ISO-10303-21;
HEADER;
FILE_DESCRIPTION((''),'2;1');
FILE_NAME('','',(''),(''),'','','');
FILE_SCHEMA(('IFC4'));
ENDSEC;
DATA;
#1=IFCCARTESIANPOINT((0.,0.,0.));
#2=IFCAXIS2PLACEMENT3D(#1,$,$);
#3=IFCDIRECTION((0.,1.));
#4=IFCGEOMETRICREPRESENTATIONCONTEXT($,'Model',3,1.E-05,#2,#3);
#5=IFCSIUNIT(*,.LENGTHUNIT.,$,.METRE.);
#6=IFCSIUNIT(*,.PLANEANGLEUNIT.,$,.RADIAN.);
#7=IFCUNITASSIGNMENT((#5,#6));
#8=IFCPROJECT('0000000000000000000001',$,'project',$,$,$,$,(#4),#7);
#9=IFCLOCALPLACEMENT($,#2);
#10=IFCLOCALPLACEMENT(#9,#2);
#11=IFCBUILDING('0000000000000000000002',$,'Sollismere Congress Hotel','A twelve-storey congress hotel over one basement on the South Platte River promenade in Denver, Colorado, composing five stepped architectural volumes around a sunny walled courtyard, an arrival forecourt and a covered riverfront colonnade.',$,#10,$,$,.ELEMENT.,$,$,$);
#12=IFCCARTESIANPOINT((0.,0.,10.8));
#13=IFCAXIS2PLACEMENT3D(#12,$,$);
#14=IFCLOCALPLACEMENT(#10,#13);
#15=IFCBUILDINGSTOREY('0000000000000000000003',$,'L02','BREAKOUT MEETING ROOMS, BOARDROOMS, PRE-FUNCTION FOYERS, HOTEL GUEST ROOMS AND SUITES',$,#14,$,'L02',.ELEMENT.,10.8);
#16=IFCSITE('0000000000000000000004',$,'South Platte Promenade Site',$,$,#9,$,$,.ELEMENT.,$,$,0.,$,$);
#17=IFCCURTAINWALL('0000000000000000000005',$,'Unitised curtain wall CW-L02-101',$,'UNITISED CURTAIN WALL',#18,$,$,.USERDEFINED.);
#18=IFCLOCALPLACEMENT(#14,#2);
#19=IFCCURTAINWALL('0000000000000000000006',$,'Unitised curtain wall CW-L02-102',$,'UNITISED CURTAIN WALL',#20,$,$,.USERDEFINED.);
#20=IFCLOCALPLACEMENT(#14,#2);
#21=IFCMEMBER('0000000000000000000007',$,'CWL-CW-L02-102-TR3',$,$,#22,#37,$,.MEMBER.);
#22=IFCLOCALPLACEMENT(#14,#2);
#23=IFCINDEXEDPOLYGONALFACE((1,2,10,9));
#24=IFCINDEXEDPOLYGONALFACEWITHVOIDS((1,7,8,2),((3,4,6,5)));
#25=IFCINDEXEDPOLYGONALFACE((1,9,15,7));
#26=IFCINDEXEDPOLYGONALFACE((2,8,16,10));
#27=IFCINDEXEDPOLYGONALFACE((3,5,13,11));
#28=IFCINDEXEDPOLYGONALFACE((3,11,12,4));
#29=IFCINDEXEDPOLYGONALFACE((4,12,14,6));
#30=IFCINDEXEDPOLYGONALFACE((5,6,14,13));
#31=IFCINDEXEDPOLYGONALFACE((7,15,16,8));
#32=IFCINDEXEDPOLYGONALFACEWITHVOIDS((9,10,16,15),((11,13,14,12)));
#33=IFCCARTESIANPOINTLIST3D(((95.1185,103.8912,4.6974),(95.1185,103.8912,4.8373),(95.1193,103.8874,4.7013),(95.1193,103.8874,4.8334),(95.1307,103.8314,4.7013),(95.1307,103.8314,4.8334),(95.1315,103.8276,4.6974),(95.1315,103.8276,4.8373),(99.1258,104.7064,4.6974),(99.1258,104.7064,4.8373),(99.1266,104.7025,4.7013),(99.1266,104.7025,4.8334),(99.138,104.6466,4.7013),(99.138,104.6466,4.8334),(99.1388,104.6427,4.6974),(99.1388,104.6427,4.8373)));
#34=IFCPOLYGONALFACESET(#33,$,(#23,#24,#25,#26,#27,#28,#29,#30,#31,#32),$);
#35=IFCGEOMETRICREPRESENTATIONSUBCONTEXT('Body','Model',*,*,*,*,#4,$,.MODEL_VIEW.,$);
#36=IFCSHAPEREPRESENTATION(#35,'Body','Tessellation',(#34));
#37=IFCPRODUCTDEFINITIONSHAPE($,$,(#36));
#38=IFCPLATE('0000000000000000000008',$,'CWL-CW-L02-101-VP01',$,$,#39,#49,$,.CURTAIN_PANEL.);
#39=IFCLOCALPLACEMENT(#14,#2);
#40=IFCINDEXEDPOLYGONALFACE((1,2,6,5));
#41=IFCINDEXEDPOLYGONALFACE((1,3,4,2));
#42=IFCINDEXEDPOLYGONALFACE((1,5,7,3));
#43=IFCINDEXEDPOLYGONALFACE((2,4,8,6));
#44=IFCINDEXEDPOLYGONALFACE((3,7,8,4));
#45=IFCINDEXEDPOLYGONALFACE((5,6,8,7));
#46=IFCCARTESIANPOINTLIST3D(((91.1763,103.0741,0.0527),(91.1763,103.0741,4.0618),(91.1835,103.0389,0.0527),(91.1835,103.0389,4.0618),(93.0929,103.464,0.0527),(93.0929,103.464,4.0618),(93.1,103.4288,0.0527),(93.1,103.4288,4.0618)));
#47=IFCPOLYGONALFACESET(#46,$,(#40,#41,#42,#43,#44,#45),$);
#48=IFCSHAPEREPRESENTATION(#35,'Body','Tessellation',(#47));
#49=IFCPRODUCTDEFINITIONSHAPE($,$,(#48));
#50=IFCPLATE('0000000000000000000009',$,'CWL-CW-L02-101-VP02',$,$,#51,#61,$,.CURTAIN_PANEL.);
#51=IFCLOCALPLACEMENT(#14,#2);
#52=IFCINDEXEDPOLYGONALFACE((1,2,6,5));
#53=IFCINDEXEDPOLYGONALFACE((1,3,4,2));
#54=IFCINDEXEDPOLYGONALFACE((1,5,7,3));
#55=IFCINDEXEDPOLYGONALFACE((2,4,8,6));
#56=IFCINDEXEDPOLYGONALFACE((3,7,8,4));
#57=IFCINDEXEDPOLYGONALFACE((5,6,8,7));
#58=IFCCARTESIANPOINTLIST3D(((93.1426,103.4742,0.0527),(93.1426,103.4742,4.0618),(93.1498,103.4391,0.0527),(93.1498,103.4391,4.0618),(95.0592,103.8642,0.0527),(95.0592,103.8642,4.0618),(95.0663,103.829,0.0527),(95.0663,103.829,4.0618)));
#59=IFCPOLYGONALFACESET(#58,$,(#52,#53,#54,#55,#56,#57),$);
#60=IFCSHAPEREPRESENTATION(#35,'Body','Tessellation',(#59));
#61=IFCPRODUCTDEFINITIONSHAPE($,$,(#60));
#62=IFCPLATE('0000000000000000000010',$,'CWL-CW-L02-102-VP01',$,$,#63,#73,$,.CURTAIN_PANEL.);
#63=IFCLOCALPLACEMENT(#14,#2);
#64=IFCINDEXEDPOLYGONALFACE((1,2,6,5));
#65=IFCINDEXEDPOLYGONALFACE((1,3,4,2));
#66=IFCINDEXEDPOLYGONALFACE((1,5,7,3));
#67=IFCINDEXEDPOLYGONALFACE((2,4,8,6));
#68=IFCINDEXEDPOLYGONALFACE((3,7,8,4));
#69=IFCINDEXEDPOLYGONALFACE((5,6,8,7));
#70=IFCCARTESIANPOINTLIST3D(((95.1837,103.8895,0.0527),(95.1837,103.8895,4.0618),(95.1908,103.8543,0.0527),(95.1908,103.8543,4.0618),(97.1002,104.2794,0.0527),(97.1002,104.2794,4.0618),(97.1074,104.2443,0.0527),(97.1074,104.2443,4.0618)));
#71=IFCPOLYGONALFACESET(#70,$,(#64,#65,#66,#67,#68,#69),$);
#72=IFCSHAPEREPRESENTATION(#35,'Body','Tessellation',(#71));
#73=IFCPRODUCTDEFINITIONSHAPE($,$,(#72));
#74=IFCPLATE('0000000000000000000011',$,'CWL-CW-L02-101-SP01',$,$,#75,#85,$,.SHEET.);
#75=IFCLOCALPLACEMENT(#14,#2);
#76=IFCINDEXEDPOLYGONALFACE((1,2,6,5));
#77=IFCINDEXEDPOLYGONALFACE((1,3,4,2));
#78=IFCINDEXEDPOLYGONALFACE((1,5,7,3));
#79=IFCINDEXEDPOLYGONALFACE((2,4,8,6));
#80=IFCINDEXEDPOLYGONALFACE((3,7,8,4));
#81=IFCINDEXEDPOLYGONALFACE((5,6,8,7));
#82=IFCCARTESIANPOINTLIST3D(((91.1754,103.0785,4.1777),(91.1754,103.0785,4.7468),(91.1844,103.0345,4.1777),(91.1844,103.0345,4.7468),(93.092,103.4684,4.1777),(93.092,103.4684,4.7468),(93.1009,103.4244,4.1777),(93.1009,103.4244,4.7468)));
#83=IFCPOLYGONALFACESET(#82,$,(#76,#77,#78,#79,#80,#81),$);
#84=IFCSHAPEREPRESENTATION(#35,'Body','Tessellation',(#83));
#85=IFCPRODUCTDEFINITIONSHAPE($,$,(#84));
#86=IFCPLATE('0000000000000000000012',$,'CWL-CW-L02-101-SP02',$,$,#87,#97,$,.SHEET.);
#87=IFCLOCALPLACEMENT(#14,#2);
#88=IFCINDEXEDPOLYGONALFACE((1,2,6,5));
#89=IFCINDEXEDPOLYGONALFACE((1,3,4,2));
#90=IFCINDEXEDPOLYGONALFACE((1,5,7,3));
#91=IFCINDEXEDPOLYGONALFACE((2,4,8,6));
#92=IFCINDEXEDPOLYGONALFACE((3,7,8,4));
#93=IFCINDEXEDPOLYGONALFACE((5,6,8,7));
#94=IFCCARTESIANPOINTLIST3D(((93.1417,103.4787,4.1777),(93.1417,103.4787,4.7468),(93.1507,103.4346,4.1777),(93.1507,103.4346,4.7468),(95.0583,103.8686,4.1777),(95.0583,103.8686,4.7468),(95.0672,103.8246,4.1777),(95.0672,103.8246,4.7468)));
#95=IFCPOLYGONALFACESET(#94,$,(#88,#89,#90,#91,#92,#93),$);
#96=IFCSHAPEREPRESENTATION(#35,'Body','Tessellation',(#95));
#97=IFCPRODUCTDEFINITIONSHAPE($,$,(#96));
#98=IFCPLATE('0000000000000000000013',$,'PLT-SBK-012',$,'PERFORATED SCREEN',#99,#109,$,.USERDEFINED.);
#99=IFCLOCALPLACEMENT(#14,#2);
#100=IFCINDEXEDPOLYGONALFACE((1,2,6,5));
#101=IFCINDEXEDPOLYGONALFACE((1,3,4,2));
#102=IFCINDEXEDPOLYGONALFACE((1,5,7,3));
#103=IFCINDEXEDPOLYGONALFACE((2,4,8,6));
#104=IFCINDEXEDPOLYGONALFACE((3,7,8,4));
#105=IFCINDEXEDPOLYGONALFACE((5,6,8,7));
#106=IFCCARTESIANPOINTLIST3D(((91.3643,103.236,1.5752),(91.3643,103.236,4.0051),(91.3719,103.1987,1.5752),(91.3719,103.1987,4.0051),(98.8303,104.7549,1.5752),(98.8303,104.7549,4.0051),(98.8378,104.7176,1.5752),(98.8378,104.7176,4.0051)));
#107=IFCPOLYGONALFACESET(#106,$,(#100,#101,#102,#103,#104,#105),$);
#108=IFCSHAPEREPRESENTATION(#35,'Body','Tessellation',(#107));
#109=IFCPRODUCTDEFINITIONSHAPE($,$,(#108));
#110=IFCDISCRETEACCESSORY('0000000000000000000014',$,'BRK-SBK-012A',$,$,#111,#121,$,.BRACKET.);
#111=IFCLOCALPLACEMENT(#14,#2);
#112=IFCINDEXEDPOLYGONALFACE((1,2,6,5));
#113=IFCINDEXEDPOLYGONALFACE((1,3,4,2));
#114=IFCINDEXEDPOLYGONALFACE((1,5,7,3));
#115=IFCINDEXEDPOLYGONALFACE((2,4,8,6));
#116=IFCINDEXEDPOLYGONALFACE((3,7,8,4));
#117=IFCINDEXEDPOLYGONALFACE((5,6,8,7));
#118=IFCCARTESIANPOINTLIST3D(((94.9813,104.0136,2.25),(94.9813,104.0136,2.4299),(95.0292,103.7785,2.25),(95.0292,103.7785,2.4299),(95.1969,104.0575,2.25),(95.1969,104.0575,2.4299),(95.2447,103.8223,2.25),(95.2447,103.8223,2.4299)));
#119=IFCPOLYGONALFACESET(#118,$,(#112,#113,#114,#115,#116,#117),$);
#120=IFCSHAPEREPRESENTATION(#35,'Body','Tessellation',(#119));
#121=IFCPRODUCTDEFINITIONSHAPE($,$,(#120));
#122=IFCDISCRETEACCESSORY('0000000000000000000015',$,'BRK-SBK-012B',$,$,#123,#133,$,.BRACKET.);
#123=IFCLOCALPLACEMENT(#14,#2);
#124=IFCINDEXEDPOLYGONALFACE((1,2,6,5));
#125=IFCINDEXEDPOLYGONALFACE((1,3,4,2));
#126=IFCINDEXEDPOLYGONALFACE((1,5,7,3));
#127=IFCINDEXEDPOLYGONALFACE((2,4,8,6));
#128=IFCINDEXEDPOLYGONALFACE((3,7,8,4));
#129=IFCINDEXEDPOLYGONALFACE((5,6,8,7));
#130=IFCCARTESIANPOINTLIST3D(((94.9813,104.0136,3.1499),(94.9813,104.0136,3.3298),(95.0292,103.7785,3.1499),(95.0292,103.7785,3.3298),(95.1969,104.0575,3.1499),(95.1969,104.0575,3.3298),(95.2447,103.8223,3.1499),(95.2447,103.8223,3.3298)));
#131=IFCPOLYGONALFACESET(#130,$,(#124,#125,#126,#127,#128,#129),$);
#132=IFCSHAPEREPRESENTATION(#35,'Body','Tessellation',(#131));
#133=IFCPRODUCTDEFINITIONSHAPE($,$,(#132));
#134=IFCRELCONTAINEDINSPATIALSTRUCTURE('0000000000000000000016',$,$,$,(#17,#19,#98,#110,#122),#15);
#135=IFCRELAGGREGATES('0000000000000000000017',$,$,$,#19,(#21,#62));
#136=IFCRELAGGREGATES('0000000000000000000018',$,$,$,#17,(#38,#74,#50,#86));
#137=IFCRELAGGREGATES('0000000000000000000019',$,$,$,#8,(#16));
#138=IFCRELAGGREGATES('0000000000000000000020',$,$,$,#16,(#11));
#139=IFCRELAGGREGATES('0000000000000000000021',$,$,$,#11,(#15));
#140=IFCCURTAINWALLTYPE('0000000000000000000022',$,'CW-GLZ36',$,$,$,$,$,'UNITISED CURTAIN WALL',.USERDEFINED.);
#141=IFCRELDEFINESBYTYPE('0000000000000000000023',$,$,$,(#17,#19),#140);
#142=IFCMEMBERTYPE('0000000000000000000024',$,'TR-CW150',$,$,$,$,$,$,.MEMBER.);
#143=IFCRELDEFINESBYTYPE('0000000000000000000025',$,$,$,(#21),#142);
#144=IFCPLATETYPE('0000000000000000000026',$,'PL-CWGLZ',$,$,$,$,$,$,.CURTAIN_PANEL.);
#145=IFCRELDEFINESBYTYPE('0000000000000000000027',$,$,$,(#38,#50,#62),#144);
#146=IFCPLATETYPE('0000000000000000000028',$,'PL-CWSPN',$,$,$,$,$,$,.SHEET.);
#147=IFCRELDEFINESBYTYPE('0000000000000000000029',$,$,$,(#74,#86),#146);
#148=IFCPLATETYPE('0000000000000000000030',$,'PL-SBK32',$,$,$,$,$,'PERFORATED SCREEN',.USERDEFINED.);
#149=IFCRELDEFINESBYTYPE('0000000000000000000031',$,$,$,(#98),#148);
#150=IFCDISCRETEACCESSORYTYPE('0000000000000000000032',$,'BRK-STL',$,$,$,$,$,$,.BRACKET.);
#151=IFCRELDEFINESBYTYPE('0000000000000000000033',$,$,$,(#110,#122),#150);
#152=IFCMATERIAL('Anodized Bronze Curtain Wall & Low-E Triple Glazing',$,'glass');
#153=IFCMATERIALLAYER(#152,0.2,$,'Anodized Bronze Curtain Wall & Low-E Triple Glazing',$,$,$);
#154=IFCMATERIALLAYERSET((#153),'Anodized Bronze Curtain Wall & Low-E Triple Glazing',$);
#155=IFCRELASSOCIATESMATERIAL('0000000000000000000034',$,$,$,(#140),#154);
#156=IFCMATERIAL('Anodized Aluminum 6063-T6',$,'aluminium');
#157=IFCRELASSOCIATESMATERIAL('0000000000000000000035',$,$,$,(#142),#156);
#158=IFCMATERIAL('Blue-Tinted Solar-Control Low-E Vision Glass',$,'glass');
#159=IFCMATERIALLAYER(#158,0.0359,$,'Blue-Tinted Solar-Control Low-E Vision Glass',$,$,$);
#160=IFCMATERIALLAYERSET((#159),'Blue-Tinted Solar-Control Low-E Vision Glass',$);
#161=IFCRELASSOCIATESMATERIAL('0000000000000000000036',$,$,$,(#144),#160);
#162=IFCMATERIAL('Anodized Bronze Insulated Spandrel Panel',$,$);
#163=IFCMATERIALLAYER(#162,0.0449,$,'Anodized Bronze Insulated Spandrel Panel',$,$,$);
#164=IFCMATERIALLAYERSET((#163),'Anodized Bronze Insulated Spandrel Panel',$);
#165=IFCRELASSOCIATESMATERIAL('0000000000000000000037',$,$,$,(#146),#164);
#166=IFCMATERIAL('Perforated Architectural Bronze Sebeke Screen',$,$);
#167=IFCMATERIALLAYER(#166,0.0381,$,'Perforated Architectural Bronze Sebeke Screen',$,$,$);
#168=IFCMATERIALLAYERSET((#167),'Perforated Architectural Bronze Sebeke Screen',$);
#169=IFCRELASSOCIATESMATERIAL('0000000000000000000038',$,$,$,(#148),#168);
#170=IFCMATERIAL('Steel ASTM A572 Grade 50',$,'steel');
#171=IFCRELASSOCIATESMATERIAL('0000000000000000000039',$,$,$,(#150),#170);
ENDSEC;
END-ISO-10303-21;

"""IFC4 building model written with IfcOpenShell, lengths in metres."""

from ifc_helpers import new_model, si_unit, direction, frame, origin, origin_2d, place, context, subcontext, project, spatial, rectangle, hollow_rectangle, extrude, material, layer, layer_set, material_profile, profile_set, type_object, element, aggregate, save


model = new_model("IFC4")

# Units and contexts
model_context = context("Model", 3, precision=1e-05, world=origin(), true_north=direction((0.0, 1.0)))
body_context = subcontext(model_context, "Body", "Model", "MODEL_VIEW")
ifc_project = project(units=[si_unit("LENGTHUNIT", "METRE"), si_unit("PLANEANGLEUNIT", "RADIAN")], contexts=[model_context])

# Site, building, storey
site_placement = place(None, origin())
site = spatial("IfcSite", under=ifc_project, at=site_placement, Name="South Platte Promenade Site", CompositionType="ELEMENT", RefElevation=0.0)
building_placement = place(site_placement, origin())
building = spatial("IfcBuilding", under=site, at=building_placement, Name="Sollismere Congress Hotel", Description="A twelve-storey congress hotel over one basement on the South Platte River promenade in Denver, Colorado, composing five stepped architectural volumes around a sunny walled courtyard, an arrival forecourt and a covered riverfront colonnade.", CompositionType="ELEMENT")
storey_placement = place(building_placement, frame((0.0, 0.0, 10.8)))
storey = spatial("IfcBuildingStorey", under=building, at=storey_placement, Name="L02", Description="BREAKOUT MEETING ROOMS, BOARDROOMS, PRE-FUNCTION FOYERS, HOTEL GUEST ROOMS AND SUITES", LongName="L02", CompositionType="ELEMENT", Elevation=10.8)

# Curtain wall
ifc_material_1 = material(Name="Anodized Bronze Curtain Wall & Low-E Triple Glazing", Category="glass")
ifc_layer_1 = layer(ifc_material_1, 0.2, Name="Anodized Bronze Curtain Wall & Low-E Triple Glazing")
ifc_layer_set_1 = layer_set([ifc_layer_1], Name="Anodized Bronze Curtain Wall & Low-E Triple Glazing")
curtain_wall_type = type_object("IfcCurtainWallType", Name="CW-GLZ36", ElementType="UNITISED CURTAIN WALL", PredefinedType="USERDEFINED", material=ifc_layer_set_1)
curtain_wall_1_placement = place(storey_placement, origin())
curtain_wall_1 = element("IfcCurtainWall", 1, at=curtain_wall_1_placement, inside=storey, type_object=curtain_wall_type, Name="Unitised curtain wall CW-L02-101", ObjectType="UNITISED CURTAIN WALL", PredefinedType="USERDEFINED")
ifc_material_2 = material(Name="Anodized Aluminum 6063-T6", Category="aluminium")

# Curtain wall
curtain_wall_2_placement = place(storey_placement, origin())
curtain_wall_2 = element("IfcCurtainWall", 2, at=curtain_wall_2_placement, inside=storey, type_object=curtain_wall_type, Name="Unitised curtain wall CW-L02-102", ObjectType="UNITISED CURTAIN WALL", PredefinedType="USERDEFINED")

# Member
ifc_material_profile_1 = material_profile(ifc_material_2, hollow_rectangle(XDim=0.0649, YDim=0.1399, WallThickness=0.0039, at=origin_2d()), Name="ALU140X65X4")
ifc_profile_set_1 = profile_set([ifc_material_profile_1], Name="Anodized Aluminum 6063-T6")
member_type_1 = type_object("IfcMemberType", Name="TR-CW150", PredefinedType="MEMBER", material=ifc_profile_set_1)
member_1_placement = place(storey_placement, frame((95.125, 103.8594, 4.7673), z_axis=(0.97993, 0.199341, 0.0), x_axis=(-0.199341, 0.97993, 0.0)))
member_1 = element("IfcMember", 3, at=member_1_placement, type_object=member_type_1, Name="CWL-CW-L02-102-TR3", PredefinedType="MEMBER", context=body_context, shape_type="SweptSolid", body=[
    extrude(hollow_rectangle(XDim=0.0649, YDim=0.1399, WallThickness=0.0039, at=origin_2d()), origin(), (0.0, 0.0, 1.0), 4.0894),
])

# Plates
ifc_material_3 = material(Name="Blue-Tinted Solar-Control Low-E Vision Glass", Category="glass")
ifc_layer_2 = layer(ifc_material_3, 0.0359, Name="Blue-Tinted Solar-Control Low-E Vision Glass")
ifc_layer_set_2 = layer_set([ifc_layer_2], Name="Blue-Tinted Solar-Control Low-E Vision Glass")
plate_type_1 = type_object("IfcPlateType", Name="PL-CWGLZ", PredefinedType="CURTAIN_PANEL", material=ifc_layer_set_2)
plate_1_placement = place(storey_placement, frame((92.1382, 103.2515, 0.0527), z_axis=(0.0, 0.0, 1.0), x_axis=(0.979925, 0.199368, 0.0)))
plate_1 = element("IfcPlate", 4, at=plate_1_placement, type_object=plate_type_1, Name="CWL-CW-L02-101-VP01", PredefinedType="CURTAIN_PANEL", context=body_context, shape_type="SweptSolid", body=[
    extrude(rectangle(XDim=1.9558, YDim=0.0359, at=origin_2d()), origin(), (0.0, 0.0, 1.0), 4.009),
])
plate_2_placement = place(storey_placement, frame((94.1045, 103.6516, 0.0527), z_axis=(0.0, 0.0, 1.0), x_axis=(0.979925, 0.199368, 0.0)))
plate_2 = element("IfcPlate", 5, at=plate_2_placement, type_object=plate_type_1, Name="CWL-CW-L02-101-VP02", PredefinedType="CURTAIN_PANEL", context=body_context, shape_type="SweptSolid", body=[
    extrude(rectangle(XDim=1.9558, YDim=0.0359, at=origin_2d()), origin(), (0.0, 0.0, 1.0), 4.009),
])
plate_3_placement = place(storey_placement, frame((96.1455, 104.0669, 0.0527), z_axis=(0.0, 0.0, 1.0), x_axis=(0.979925, 0.199368, 0.0)))
plate_3 = element("IfcPlate", 6, at=plate_3_placement, type_object=plate_type_1, Name="CWL-CW-L02-102-VP01", PredefinedType="CURTAIN_PANEL", context=body_context, shape_type="SweptSolid", body=[
    extrude(rectangle(XDim=1.9558, YDim=0.0359, at=origin_2d()), origin(), (0.0, 0.0, 1.0), 4.009),
])
aggregate(curtain_wall_2, [member_1, plate_3])
ifc_material_4 = material(Name="Anodized Bronze Insulated Spandrel Panel")
ifc_layer_3 = layer(ifc_material_4, 0.0449, Name="Anodized Bronze Insulated Spandrel Panel")
ifc_layer_set_3 = layer_set([ifc_layer_3], Name="Anodized Bronze Insulated Spandrel Panel")
plate_type_2 = type_object("IfcPlateType", Name="PL-CWSPN", PredefinedType="SHEET", material=ifc_layer_set_3)
plate_4_placement = place(storey_placement, frame((92.1382, 103.2515, 4.1777), z_axis=(0.0, 0.0, 1.0), x_axis=(0.979925, 0.199368, 0.0)))
plate_4 = element("IfcPlate", 7, at=plate_4_placement, type_object=plate_type_2, Name="CWL-CW-L02-101-SP01", PredefinedType="SHEET", context=body_context, shape_type="SweptSolid", body=[
    extrude(rectangle(XDim=1.9558, YDim=0.0449, at=origin_2d()), origin(), (0.0, 0.0, 1.0), 0.5691),
])
plate_5_placement = place(storey_placement, frame((94.1045, 103.6516, 4.1777), z_axis=(0.0, 0.0, 1.0), x_axis=(0.979925, 0.199368, 0.0)))
plate_5 = element("IfcPlate", 8, at=plate_5_placement, type_object=plate_type_2, Name="CWL-CW-L02-101-SP02", PredefinedType="SHEET", context=body_context, shape_type="SweptSolid", body=[
    extrude(rectangle(XDim=1.9558, YDim=0.0449, at=origin_2d()), origin(), (0.0, 0.0, 1.0), 0.5691),
])
aggregate(curtain_wall_1, [plate_1, plate_4, plate_2, plate_5])
ifc_material_5 = material(Name="Perforated Architectural Bronze Sebeke Screen")
ifc_layer_4 = layer(ifc_material_5, 0.0381, Name="Perforated Architectural Bronze Sebeke Screen")
ifc_layer_set_4 = layer_set([ifc_layer_4], Name="Perforated Architectural Bronze Sebeke Screen")
plate_type_3 = type_object("IfcPlateType", Name="PL-SBK32", ElementType="PERFORATED SCREEN", PredefinedType="USERDEFINED", material=ifc_layer_set_4)
plate_6_placement = place(storey_placement, frame((95.1011, 103.9768, 1.5752), z_axis=(0.0, 0.0, 1.0), x_axis=(0.979925, 0.199368, 0.0)))
element("IfcPlate", 9, at=plate_6_placement, inside=storey, type_object=plate_type_3, Name="PLT-SBK-012", ObjectType="PERFORATED SCREEN", PredefinedType="USERDEFINED", context=body_context, shape_type="SweptSolid", body=[
    extrude(rectangle(XDim=7.6189, YDim=0.0381, at=origin_2d()), origin(), (0.0, 0.0, 1.0), 2.4299),
])

# Discrete accessories
ifc_material_6 = material(Name="Steel ASTM A572 Grade 50", Category="steel")
discrete_accessory_type = type_object("IfcDiscreteAccessoryType", Name="BRK-STL", PredefinedType="BRACKET", material=ifc_material_6)
for number, where, z_axis, x_axis, name in (
    (10, (95.113, 103.918, 2.25), (0.0, 0.0, 1.0), (0.979925, 0.199368, 0.0), "BRK-SBK-012A"),
    (11, (95.113, 103.918, 3.1499), (0.0, 0.0, 1.0), (0.979925, 0.199368, 0.0), "BRK-SBK-012B"),
):
    element("IfcDiscreteAccessory", number, at=place(storey_placement, frame(where, z_axis=z_axis, x_axis=x_axis)), inside=storey, type_object=discrete_accessory_type, Name=name, PredefinedType="BRACKET", context=body_context, shape_type="SweptSolid", body=[
        extrude(rectangle(XDim=0.22, YDim=0.24, at=origin_2d()), origin(), (0.0, 0.0, 1.0), 0.1799),
    ])

save(model, "model.ifc")
